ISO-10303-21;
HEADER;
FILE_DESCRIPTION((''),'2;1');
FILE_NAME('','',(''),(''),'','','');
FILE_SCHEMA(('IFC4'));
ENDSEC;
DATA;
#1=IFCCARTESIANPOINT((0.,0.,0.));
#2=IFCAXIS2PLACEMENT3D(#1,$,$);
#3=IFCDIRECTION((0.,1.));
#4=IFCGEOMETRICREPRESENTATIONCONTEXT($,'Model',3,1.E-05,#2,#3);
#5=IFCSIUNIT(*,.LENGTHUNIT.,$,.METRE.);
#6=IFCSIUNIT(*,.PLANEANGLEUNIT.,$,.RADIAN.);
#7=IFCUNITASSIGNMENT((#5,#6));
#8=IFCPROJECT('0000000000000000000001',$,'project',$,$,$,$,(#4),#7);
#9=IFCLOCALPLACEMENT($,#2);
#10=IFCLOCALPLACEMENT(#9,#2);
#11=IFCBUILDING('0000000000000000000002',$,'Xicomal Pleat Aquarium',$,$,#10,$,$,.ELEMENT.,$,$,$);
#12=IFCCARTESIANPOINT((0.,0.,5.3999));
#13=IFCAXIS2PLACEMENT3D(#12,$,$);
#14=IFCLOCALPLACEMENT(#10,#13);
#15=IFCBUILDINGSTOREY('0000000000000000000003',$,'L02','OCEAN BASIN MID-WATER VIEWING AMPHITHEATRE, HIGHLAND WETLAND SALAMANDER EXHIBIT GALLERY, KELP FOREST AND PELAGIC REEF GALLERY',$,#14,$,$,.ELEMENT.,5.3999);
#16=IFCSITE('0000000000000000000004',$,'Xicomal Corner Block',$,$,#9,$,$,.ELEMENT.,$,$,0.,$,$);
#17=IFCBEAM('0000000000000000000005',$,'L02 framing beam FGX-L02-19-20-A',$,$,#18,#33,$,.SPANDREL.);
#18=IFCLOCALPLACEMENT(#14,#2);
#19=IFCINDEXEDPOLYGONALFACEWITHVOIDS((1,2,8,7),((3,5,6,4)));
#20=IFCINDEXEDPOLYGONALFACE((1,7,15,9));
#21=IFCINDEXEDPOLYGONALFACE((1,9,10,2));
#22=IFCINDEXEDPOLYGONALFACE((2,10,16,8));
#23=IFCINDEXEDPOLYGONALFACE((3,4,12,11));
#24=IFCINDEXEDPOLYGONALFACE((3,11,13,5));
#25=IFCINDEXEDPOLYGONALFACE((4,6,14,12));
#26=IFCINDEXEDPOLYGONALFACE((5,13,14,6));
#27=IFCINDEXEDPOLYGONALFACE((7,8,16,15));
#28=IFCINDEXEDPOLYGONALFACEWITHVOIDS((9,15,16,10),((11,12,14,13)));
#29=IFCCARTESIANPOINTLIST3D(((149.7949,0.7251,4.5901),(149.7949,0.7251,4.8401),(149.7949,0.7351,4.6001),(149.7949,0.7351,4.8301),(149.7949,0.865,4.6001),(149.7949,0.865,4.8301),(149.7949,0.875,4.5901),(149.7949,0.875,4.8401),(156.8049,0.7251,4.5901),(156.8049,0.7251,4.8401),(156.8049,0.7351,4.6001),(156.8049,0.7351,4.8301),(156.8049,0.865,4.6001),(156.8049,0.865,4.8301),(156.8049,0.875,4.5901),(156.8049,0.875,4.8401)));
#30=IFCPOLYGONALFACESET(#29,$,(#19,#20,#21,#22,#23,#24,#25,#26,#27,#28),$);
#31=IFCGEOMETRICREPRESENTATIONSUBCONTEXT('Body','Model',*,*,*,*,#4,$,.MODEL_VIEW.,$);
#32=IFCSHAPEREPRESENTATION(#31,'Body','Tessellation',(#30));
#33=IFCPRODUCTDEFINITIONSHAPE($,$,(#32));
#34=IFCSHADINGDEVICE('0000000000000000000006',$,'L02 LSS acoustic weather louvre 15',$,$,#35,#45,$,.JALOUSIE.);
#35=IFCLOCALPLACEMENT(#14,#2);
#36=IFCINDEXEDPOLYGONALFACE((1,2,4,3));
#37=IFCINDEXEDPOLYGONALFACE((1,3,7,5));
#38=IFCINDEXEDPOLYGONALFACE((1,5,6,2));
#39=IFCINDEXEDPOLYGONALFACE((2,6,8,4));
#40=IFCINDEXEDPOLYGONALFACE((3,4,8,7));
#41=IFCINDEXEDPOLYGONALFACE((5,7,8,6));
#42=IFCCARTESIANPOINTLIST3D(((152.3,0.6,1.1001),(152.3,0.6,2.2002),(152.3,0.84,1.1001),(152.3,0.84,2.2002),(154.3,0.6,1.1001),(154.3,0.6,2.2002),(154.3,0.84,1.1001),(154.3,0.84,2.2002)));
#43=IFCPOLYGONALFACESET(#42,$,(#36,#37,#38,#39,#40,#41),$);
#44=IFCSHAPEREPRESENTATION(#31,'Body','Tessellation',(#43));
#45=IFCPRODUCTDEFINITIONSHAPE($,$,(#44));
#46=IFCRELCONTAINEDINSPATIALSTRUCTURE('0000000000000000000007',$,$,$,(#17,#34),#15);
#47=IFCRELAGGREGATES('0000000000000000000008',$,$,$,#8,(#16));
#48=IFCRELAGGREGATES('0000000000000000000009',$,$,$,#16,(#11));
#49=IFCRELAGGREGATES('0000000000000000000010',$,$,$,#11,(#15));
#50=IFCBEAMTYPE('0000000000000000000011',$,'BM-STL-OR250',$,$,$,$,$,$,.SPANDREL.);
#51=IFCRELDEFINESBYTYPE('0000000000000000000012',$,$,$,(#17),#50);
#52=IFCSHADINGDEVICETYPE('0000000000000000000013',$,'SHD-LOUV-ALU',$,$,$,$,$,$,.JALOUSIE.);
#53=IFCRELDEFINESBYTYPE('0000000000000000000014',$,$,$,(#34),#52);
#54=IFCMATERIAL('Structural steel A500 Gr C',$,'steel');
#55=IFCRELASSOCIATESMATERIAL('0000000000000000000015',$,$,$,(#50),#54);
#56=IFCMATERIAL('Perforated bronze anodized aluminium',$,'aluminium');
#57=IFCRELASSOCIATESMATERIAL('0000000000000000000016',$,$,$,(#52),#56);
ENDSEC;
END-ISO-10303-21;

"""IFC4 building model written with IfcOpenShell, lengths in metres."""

from ifc_helpers import new_model, si_unit, direction, frame, origin, origin_2d, place, context, subcontext, project, spatial, rectangle, hollow_rectangle, extrude, material, material_profile, profile_set, type_object, element, save


model = new_model("IFC4")

# Units and contexts
model_context = context("Model", 3, precision=1e-05, world=origin(), true_north=direction((0.0, 1.0)))
body_context = subcontext(model_context, "Body", "Model", "MODEL_VIEW")
ifc_project = project(units=[si_unit("LENGTHUNIT", "METRE"), si_unit("PLANEANGLEUNIT", "RADIAN")], contexts=[model_context])

# Site, building, storey
site_placement = place(None, origin())
site = spatial("IfcSite", under=ifc_project, at=site_placement, Name="Xicomal Corner Block", CompositionType="ELEMENT", RefElevation=0.0)
building_placement = place(site_placement, origin())
building = spatial("IfcBuilding", under=site, at=building_placement, Name="Xicomal Pleat Aquarium", CompositionType="ELEMENT")
storey_placement = place(building_placement, frame((0.0, 0.0, 5.3999)))
storey = spatial("IfcBuildingStorey", under=building, at=storey_placement, Name="L02", Description="OCEAN BASIN MID-WATER VIEWING AMPHITHEATRE, HIGHLAND WETLAND SALAMANDER EXHIBIT GALLERY, KELP FOREST AND PELAGIC REEF GALLERY", CompositionType="ELEMENT", Elevation=5.3999)

# Beam
ifc_material_1 = material(Name="Structural steel A500 Gr C", Category="steel")
ifc_material_profile_1 = material_profile(ifc_material_1, hollow_rectangle(XDim=0.1499, YDim=0.25, WallThickness=0.01, at=origin_2d()), Name="OR 250x150x10")
ifc_profile_set_1 = profile_set([ifc_material_profile_1], Name="Structural steel A500 Gr C")
beam_type_1 = type_object("IfcBeamType", Name="BM-STL-OR250", PredefinedType="SPANDREL", material=ifc_profile_set_1)
beam_1_placement = place(storey_placement, frame((149.7949, 0.8, 4.7151), z_axis=(1.0, 0.0, 0.0), x_axis=(0.0, 1.0, 0.0)))
element("IfcBeam", 1, at=beam_1_placement, inside=storey, type_object=beam_type_1, Name="L02 framing beam FGX-L02-19-20-A", PredefinedType="SPANDREL", context=body_context, shape_type="SweptSolid", body=[
    extrude(hollow_rectangle(XDim=0.1499, YDim=0.25, WallThickness=0.01, at=origin_2d()), origin(), (0.0, 0.0, 1.0), 7.01),
])

# Shading device
ifc_material_2 = material(Name="Perforated bronze anodized aluminium", Category="aluminium")
shading_device_type = type_object("IfcShadingDeviceType", Name="SHD-LOUV-ALU", PredefinedType="JALOUSIE", material=ifc_material_2)
shading_device_placement = place(storey_placement, frame((153.3, 0.72, 1.1001), z_axis=(0.0, 0.0, 1.0), x_axis=(-1.0, 0.0, 0.0)))
element("IfcShadingDevice", 2, at=shading_device_placement, inside=storey, type_object=shading_device_type, Name="L02 LSS acoustic weather louvre 15", PredefinedType="JALOUSIE", context=body_context, shape_type="SweptSolid", body=[
    extrude(rectangle(XDim=2.0, YDim=0.24, at=origin_2d()), origin(), (0.0, 0.0, 1.0), 1.1001),
])

save(model, "model.ifc")
